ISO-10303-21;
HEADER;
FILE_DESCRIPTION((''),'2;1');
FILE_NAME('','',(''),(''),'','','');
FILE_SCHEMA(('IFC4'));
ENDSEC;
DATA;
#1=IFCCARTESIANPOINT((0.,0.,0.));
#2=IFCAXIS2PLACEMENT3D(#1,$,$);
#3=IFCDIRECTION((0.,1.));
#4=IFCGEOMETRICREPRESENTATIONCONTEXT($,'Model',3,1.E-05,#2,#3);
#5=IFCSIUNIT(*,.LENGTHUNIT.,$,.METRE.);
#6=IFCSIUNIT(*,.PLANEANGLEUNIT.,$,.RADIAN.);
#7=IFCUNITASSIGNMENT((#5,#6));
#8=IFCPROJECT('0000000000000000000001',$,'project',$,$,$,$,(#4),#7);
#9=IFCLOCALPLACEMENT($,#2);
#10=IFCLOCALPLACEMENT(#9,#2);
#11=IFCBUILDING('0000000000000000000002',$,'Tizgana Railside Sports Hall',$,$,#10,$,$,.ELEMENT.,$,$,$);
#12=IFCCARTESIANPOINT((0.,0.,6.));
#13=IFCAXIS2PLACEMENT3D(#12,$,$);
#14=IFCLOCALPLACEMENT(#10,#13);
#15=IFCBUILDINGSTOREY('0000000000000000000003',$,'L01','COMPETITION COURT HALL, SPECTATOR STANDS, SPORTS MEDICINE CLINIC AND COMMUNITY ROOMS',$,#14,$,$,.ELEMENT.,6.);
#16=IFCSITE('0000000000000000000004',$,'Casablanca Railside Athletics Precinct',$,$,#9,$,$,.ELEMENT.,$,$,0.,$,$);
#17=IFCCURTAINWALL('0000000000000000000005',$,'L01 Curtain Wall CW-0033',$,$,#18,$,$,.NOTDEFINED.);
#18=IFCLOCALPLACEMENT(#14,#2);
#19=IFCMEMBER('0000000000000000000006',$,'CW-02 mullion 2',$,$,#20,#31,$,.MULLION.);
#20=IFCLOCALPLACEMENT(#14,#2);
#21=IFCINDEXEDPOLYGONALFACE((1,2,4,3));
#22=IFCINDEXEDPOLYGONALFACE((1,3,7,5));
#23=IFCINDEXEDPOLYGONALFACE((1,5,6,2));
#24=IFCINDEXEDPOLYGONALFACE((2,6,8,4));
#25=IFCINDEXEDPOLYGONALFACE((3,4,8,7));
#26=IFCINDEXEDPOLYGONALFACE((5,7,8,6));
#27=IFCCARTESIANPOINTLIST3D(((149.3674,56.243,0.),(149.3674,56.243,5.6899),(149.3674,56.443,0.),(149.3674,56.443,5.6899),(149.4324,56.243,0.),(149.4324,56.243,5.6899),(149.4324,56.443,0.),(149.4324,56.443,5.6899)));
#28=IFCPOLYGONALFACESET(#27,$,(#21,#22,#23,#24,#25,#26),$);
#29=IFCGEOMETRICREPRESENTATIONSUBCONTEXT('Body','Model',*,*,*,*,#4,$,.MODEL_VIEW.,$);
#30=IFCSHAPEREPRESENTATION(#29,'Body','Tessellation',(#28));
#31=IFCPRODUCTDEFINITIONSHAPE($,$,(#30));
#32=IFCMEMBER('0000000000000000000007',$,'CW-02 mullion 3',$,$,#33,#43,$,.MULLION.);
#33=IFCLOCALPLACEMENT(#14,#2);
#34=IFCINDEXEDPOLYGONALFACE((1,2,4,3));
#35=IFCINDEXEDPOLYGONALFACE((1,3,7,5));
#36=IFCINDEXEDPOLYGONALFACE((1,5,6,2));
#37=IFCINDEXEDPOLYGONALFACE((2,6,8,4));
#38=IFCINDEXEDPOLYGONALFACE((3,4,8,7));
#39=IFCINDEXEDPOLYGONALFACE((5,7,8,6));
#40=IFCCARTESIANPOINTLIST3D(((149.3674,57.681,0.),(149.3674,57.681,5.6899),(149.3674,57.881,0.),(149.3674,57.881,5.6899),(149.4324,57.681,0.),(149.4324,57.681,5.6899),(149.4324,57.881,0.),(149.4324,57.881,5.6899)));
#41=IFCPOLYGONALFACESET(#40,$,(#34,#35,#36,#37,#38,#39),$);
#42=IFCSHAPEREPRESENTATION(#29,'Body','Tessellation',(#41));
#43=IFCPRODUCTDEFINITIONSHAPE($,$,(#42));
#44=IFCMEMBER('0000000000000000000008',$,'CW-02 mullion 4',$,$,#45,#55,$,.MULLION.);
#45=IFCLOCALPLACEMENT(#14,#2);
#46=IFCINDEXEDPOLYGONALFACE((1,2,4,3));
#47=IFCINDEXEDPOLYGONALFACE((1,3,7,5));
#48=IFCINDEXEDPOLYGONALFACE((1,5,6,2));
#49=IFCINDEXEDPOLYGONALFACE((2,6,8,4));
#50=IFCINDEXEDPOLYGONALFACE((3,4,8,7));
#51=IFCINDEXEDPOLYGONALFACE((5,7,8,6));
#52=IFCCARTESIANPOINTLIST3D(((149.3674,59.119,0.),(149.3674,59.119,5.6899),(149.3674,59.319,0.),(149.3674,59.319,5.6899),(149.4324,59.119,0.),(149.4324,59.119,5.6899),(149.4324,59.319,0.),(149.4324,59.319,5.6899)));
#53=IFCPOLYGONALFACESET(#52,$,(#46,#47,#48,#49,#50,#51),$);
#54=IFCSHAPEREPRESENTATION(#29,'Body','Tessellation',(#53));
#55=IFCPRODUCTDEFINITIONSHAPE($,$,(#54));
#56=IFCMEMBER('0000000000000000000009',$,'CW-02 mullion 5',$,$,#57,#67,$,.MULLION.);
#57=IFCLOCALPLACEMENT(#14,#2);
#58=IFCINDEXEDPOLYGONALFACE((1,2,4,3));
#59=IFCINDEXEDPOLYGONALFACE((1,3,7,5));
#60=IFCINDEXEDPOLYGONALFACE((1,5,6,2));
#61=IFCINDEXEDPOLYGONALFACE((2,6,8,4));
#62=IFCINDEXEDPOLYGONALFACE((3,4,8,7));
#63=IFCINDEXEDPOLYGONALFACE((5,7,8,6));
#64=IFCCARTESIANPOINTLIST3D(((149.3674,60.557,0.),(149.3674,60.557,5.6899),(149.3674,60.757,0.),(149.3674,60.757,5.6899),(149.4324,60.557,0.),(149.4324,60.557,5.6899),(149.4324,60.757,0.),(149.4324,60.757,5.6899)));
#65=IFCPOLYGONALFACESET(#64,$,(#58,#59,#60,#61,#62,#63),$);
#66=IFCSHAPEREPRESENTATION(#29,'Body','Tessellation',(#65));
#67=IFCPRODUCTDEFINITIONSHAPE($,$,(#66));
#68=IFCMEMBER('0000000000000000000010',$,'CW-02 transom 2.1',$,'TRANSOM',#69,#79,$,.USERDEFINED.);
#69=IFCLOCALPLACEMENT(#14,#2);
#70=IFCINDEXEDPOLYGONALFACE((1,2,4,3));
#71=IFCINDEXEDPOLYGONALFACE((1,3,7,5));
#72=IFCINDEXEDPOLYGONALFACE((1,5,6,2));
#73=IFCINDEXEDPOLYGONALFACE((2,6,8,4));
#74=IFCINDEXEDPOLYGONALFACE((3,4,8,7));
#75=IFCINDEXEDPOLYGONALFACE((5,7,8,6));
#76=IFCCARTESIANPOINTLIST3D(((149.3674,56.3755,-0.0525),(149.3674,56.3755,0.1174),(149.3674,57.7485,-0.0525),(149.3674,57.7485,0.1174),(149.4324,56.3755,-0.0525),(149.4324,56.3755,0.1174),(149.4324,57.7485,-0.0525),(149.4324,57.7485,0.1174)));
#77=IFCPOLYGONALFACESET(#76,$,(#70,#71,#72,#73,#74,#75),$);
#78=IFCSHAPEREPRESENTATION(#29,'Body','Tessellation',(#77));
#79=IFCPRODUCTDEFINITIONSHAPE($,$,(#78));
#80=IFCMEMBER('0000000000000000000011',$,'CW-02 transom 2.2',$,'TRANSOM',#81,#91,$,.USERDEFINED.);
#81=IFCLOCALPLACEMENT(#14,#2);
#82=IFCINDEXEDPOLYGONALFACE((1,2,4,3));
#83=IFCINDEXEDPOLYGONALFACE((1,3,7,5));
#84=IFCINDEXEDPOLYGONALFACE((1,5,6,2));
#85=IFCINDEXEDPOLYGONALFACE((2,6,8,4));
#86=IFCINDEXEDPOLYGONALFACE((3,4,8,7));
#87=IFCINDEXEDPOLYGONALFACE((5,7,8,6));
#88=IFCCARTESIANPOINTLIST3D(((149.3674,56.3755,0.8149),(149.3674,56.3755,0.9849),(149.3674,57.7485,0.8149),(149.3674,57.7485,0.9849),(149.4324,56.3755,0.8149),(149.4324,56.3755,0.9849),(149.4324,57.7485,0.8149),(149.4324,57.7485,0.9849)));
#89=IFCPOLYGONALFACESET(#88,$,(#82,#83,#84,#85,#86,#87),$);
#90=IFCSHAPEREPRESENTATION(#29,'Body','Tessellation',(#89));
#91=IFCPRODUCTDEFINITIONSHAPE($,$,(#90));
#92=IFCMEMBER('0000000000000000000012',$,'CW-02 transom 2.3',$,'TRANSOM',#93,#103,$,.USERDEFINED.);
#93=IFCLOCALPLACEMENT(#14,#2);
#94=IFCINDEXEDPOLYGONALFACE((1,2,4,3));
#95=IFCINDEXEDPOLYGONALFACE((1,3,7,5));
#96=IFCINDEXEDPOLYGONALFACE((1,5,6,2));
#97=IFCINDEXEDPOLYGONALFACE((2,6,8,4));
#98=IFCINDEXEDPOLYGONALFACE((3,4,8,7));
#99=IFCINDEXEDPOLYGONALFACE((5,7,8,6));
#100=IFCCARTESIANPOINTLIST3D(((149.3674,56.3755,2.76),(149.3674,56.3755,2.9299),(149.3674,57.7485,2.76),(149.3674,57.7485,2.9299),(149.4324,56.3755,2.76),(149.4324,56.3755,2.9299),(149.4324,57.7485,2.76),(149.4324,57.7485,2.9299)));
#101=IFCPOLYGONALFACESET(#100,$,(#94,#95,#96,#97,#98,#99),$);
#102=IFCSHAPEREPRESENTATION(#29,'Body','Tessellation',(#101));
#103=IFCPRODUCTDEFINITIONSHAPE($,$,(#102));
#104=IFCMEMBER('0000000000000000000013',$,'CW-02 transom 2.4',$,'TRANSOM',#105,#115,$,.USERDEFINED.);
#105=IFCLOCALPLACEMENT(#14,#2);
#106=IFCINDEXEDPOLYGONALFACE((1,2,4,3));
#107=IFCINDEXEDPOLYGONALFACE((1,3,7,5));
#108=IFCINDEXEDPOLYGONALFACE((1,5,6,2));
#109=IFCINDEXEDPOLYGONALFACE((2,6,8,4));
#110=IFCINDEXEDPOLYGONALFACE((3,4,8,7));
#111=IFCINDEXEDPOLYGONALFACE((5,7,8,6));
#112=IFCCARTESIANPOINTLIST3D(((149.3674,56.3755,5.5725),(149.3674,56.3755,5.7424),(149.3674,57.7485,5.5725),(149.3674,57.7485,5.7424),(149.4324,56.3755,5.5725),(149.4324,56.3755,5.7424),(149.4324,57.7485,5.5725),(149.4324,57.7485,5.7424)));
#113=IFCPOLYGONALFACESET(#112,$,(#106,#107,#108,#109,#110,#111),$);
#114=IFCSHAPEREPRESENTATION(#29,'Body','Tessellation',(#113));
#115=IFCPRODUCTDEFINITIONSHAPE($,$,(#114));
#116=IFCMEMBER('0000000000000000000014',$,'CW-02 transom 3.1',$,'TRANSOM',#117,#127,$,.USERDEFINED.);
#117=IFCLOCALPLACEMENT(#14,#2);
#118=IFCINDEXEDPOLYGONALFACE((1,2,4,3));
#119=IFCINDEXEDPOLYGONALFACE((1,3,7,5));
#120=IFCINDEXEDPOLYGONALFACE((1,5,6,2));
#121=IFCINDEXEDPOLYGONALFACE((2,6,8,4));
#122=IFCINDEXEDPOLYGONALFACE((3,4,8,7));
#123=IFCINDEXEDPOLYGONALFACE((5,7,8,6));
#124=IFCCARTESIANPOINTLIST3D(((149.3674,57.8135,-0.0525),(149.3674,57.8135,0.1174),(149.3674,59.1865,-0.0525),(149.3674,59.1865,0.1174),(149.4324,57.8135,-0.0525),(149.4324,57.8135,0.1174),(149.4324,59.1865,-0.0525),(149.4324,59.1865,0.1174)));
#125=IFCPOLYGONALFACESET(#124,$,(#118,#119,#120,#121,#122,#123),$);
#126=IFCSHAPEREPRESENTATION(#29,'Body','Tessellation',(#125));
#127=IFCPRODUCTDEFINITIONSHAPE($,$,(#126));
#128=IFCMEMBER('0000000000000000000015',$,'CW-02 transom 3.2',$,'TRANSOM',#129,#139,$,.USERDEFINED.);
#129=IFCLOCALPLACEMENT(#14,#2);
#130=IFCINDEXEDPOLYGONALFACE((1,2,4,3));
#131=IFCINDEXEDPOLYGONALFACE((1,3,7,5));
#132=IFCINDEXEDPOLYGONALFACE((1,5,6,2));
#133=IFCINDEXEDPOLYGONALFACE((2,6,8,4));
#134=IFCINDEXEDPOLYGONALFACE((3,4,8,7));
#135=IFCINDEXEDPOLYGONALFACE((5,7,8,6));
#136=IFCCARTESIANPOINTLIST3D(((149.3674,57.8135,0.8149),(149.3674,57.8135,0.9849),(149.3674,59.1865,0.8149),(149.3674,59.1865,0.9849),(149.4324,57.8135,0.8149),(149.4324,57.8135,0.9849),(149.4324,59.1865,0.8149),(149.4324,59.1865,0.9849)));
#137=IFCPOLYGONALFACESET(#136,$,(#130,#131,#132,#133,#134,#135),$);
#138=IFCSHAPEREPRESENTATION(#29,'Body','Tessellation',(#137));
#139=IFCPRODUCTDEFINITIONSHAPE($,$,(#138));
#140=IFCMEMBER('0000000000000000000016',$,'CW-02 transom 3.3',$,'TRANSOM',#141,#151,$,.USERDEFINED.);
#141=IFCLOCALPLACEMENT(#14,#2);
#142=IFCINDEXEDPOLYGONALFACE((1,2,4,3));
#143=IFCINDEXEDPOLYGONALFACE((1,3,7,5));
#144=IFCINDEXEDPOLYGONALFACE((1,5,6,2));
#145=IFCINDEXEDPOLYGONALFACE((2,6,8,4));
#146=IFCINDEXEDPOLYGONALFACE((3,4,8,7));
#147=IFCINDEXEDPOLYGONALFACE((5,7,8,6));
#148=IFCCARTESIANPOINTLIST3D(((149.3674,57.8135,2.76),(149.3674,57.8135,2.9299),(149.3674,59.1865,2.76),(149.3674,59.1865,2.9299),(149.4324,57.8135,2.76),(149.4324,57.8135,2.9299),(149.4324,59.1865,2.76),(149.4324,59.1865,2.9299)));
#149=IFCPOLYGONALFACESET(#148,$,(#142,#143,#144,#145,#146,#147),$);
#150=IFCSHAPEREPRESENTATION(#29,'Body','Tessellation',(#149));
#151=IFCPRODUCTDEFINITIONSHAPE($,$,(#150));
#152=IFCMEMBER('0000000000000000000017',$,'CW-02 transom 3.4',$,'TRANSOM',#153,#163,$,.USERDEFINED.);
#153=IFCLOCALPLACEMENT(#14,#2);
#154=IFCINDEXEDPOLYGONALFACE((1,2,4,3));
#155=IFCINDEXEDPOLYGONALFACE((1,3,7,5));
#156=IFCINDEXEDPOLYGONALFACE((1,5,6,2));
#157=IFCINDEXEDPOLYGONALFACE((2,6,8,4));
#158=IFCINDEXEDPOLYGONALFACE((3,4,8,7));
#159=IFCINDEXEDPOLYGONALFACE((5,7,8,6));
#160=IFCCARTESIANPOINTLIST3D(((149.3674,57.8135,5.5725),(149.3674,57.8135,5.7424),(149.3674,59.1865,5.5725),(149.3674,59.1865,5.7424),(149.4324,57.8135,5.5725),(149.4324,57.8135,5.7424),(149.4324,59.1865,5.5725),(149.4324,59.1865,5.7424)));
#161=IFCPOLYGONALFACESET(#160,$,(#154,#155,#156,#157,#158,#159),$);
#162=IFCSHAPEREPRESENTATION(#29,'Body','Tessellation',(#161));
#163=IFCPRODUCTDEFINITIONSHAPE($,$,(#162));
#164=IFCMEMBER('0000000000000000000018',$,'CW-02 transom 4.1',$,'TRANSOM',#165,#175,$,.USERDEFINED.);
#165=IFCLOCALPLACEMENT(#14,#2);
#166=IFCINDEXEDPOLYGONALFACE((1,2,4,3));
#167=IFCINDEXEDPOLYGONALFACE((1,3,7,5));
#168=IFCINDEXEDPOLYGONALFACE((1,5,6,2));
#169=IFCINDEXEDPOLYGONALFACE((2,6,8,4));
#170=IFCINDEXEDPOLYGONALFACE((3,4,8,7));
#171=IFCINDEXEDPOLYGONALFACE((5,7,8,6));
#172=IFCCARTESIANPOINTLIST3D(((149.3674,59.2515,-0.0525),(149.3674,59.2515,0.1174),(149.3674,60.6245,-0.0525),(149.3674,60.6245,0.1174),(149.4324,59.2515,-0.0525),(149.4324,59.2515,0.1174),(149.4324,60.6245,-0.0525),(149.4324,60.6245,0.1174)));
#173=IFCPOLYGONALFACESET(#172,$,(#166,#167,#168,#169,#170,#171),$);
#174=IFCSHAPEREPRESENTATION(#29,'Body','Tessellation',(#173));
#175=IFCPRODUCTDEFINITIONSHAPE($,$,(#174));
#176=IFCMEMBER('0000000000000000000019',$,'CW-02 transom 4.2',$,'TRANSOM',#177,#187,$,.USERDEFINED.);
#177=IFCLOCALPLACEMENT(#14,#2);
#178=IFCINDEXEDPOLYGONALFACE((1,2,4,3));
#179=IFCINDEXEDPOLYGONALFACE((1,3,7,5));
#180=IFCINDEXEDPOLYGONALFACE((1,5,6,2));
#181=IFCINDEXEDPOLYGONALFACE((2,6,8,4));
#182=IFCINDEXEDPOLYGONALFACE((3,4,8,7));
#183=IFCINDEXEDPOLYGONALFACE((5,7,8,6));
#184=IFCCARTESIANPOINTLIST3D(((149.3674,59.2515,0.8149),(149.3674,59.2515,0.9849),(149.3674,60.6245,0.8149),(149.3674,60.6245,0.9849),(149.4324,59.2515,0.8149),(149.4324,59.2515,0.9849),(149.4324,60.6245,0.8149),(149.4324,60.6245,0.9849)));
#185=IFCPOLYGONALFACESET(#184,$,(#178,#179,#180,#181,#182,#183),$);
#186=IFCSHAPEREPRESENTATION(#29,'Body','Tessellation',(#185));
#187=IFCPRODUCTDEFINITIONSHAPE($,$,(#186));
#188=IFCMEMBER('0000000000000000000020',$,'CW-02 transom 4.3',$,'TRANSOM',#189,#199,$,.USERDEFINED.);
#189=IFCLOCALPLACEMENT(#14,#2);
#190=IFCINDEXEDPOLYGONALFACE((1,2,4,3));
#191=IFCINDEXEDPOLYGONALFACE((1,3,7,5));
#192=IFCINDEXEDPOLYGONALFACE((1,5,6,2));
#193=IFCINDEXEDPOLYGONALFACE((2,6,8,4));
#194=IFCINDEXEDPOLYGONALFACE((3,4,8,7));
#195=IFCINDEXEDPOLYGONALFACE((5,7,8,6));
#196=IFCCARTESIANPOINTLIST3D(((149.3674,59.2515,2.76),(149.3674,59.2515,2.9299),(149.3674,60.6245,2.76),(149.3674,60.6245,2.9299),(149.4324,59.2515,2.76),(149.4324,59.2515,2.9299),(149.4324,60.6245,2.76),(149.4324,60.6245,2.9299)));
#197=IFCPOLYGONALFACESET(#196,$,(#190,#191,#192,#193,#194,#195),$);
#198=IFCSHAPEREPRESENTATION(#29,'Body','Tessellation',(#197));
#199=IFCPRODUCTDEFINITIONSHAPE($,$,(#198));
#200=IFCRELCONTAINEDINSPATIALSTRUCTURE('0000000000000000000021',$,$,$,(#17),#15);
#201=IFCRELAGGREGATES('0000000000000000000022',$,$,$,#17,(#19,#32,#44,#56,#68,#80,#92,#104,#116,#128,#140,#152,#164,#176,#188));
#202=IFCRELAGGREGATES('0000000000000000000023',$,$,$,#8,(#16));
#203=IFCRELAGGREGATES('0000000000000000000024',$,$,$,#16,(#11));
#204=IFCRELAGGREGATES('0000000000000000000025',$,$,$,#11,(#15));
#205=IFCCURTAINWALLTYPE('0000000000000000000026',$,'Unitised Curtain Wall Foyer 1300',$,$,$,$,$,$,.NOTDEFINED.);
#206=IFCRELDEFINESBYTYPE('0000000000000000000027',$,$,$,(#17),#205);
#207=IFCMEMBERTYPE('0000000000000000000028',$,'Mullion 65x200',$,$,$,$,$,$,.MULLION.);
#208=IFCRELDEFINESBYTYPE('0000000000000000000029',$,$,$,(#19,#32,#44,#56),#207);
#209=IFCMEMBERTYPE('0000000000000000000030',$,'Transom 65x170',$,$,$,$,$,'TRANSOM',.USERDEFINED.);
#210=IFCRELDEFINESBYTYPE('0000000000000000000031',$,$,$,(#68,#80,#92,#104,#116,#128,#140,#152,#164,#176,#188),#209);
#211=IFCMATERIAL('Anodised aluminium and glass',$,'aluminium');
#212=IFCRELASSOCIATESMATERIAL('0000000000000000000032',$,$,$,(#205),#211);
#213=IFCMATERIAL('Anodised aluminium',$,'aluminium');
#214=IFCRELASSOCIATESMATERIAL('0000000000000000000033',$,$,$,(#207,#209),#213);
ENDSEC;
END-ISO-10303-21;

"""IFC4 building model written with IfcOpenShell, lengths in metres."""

from ifc_helpers import new_model, si_unit, direction, frame, origin, origin_2d, place, context, subcontext, project, spatial, rectangle, extrude, material, material_profile, profile_set, type_object, element, aggregate, save


model = new_model("IFC4")

# Units and contexts
model_context = context("Model", 3, precision=1e-05, world=origin(), true_north=direction((0.0, 1.0)))
body_context = subcontext(model_context, "Body", "Model", "MODEL_VIEW")
ifc_project = project(units=[si_unit("LENGTHUNIT", "METRE"), si_unit("PLANEANGLEUNIT", "RADIAN")], contexts=[model_context])

# Site, building, storey
site_placement = place(None, origin())
site = spatial("IfcSite", under=ifc_project, at=site_placement, Name="Casablanca Railside Athletics Precinct", CompositionType="ELEMENT", RefElevation=0.0)
building_placement = place(site_placement, origin())
building = spatial("IfcBuilding", under=site, at=building_placement, Name="Tizgana Railside Sports Hall", CompositionType="ELEMENT")
storey_placement = place(building_placement, frame((0.0, 0.0, 6.0)))
storey = spatial("IfcBuildingStorey", under=building, at=storey_placement, Name="L01", Description="COMPETITION COURT HALL, SPECTATOR STANDS, SPORTS MEDICINE CLINIC AND COMMUNITY ROOMS", CompositionType="ELEMENT", Elevation=6.0)

# Curtain wall, members
ifc_material_1 = material(Name="Anodised aluminium and glass", Category="aluminium")
curtain_wall_type = type_object("IfcCurtainWallType", Name="Unitised Curtain Wall Foyer 1300", PredefinedType="NOTDEFINED", material=ifc_material_1)
curtain_wall_placement = place(storey_placement, origin())
curtain_wall = element("IfcCurtainWall", 1, at=curtain_wall_placement, inside=storey, type_object=curtain_wall_type, Name="L01 Curtain Wall CW-0033", PredefinedType="NOTDEFINED")
ifc_material_2 = material(Name="Anodised aluminium", Category="aluminium")
ifc_material_profile_1 = material_profile(ifc_material_2, rectangle(XDim=0.0649, YDim=0.2, at=origin_2d()), Name="Mullion 65x200")
ifc_profile_set_1 = profile_set([ifc_material_profile_1], Name="Anodised aluminium")
member_type_1 = type_object("IfcMemberType", Name="Mullion 65x200", PredefinedType="MULLION", material=ifc_profile_set_1)
member_1_placement = place(storey_placement, frame((149.3999, 56.343, 0.0), z_axis=(0.0, 0.0, 1.0), x_axis=(-1.0, 0.0, 0.0)))
member_1 = element("IfcMember", 2, at=member_1_placement, type_object=member_type_1, Name="CW-02 mullion 2", PredefinedType="MULLION", context=body_context, shape_type="SweptSolid", body=[
    extrude(rectangle(XDim=0.0649, YDim=0.2, at=origin_2d()), origin(), (0.0, 0.0, 1.0), 5.6899),
])
member_2_placement = place(storey_placement, frame((149.3999, 57.781, 0.0), z_axis=(0.0, 0.0, 1.0), x_axis=(-1.0, 0.0, 0.0)))
member_2 = element("IfcMember", 3, at=member_2_placement, type_object=member_type_1, Name="CW-02 mullion 3", PredefinedType="MULLION", context=body_context, shape_type="SweptSolid", body=[
    extrude(rectangle(XDim=0.0649, YDim=0.2, at=origin_2d()), origin(), (0.0, 0.0, 1.0), 5.6899),
])
member_3_placement = place(storey_placement, frame((149.3999, 59.219, 0.0), z_axis=(0.0, 0.0, 1.0), x_axis=(-1.0, 0.0, 0.0)))
member_3 = element("IfcMember", 4, at=member_3_placement, type_object=member_type_1, Name="CW-02 mullion 4", PredefinedType="MULLION", context=body_context, shape_type="SweptSolid", body=[
    extrude(rectangle(XDim=0.0649, YDim=0.2, at=origin_2d()), origin(), (0.0, 0.0, 1.0), 5.6899),
])
member_4_placement = place(storey_placement, frame((149.3999, 60.657, 0.0), z_axis=(0.0, 0.0, 1.0), x_axis=(-1.0, 0.0, 0.0)))
member_4 = element("IfcMember", 5, at=member_4_placement, type_object=member_type_1, Name="CW-02 mullion 5", PredefinedType="MULLION", context=body_context, shape_type="SweptSolid", body=[
    extrude(rectangle(XDim=0.0649, YDim=0.2, at=origin_2d()), origin(), (0.0, 0.0, 1.0), 5.6899),
])
ifc_material_profile_2 = material_profile(ifc_material_2, rectangle(XDim=0.0649, YDim=0.1699, at=origin_2d()), Name="Transom 65x170")
ifc_profile_set_2 = profile_set([ifc_material_profile_2], Name="Anodised aluminium")
member_type_2 = type_object("IfcMemberType", Name="Transom 65x170", ElementType="TRANSOM", PredefinedType="USERDEFINED", material=ifc_profile_set_2)
member_5_placement = place(storey_placement, frame((149.3999, 56.3755, 0.0325), z_axis=(0.0, 1.0, 0.0), x_axis=(-1.0, 0.0, 0.0)))
member_5 = element("IfcMember", 6, at=member_5_placement, type_object=member_type_2, Name="CW-02 transom 2.1", ObjectType="TRANSOM", PredefinedType="USERDEFINED", context=body_context, shape_type="SweptSolid", body=[
    extrude(rectangle(XDim=0.0649, YDim=0.1699, at=origin_2d()), origin(), (0.0, 0.0, 1.0), 1.373),
])
member_6_placement = place(storey_placement, frame((149.3999, 56.3755, 0.8999), z_axis=(0.0, 1.0, 0.0), x_axis=(-1.0, 0.0, 0.0)))
member_6 = element("IfcMember", 7, at=member_6_placement, type_object=member_type_2, Name="CW-02 transom 2.2", ObjectType="TRANSOM", PredefinedType="USERDEFINED", context=body_context, shape_type="SweptSolid", body=[
    extrude(rectangle(XDim=0.0649, YDim=0.1699, at=origin_2d()), origin(), (0.0, 0.0, 1.0), 1.373),
])
member_7_placement = place(storey_placement, frame((149.3999, 56.3755, 2.845), z_axis=(0.0, 1.0, 0.0), x_axis=(-1.0, 0.0, 0.0)))
member_7 = element("IfcMember", 8, at=member_7_placement, type_object=member_type_2, Name="CW-02 transom 2.3", ObjectType="TRANSOM", PredefinedType="USERDEFINED", context=body_context, shape_type="SweptSolid", body=[
    extrude(rectangle(XDim=0.0649, YDim=0.1699, at=origin_2d()), origin(), (0.0, 0.0, 1.0), 1.373),
])
member_8_placement = place(storey_placement, frame((149.3999, 56.3755, 5.6575), z_axis=(0.0, 1.0, 0.0), x_axis=(-1.0, 0.0, 0.0)))
member_8 = element("IfcMember", 9, at=member_8_placement, type_object=member_type_2, Name="CW-02 transom 2.4", ObjectType="TRANSOM", PredefinedType="USERDEFINED", context=body_context, shape_type="SweptSolid", body=[
    extrude(rectangle(XDim=0.0649, YDim=0.1699, at=origin_2d()), origin(), (0.0, 0.0, 1.0), 1.373),
])
member_9_placement = place(storey_placement, frame((149.3999, 57.8135, 0.0325), z_axis=(0.0, 1.0, 0.0), x_axis=(-1.0, 0.0, 0.0)))
member_9 = element("IfcMember", 10, at=member_9_placement, type_object=member_type_2, Name="CW-02 transom 3.1", ObjectType="TRANSOM", PredefinedType="USERDEFINED", context=body_context, shape_type="SweptSolid", body=[
    extrude(rectangle(XDim=0.0649, YDim=0.1699, at=origin_2d()), origin(), (0.0, 0.0, 1.0), 1.373),
])
member_10_placement = place(storey_placement, frame((149.3999, 57.8135, 0.8999), z_axis=(0.0, 1.0, 0.0), x_axis=(-1.0, 0.0, 0.0)))
member_10 = element("IfcMember", 11, at=member_10_placement, type_object=member_type_2, Name="CW-02 transom 3.2", ObjectType="TRANSOM", PredefinedType="USERDEFINED", context=body_context, shape_type="SweptSolid", body=[
    extrude(rectangle(XDim=0.0649, YDim=0.1699, at=origin_2d()), origin(), (0.0, 0.0, 1.0), 1.373),
])
member_11_placement = place(storey_placement, frame((149.3999, 57.8135, 2.845), z_axis=(0.0, 1.0, 0.0), x_axis=(-1.0, 0.0, 0.0)))
member_11 = element("IfcMember", 12, at=member_11_placement, type_object=member_type_2, Name="CW-02 transom 3.3", ObjectType="TRANSOM", PredefinedType="USERDEFINED", context=body_context, shape_type="SweptSolid", body=[
    extrude(rectangle(XDim=0.0649, YDim=0.1699, at=origin_2d()), origin(), (0.0, 0.0, 1.0), 1.373),
])
member_12_placement = place(storey_placement, frame((149.3999, 57.8135, 5.6575), z_axis=(0.0, 1.0, 0.0), x_axis=(-1.0, 0.0, 0.0)))
member_12 = element("IfcMember", 13, at=member_12_placement, type_object=member_type_2, Name="CW-02 transom 3.4", ObjectType="TRANSOM", PredefinedType="USERDEFINED", context=body_context, shape_type="SweptSolid", body=[
    extrude(rectangle(XDim=0.0649, YDim=0.1699, at=origin_2d()), origin(), (0.0, 0.0, 1.0), 1.373),
])
member_13_placement = place(storey_placement, frame((149.3999, 59.2515, 0.0325), z_axis=(0.0, 1.0, 0.0), x_axis=(-1.0, 0.0, 0.0)))
member_13 = element("IfcMember", 14, at=member_13_placement, type_object=member_type_2, Name="CW-02 transom 4.1", ObjectType="TRANSOM", PredefinedType="USERDEFINED", context=body_context, shape_type="SweptSolid", body=[
    extrude(rectangle(XDim=0.0649, YDim=0.1699, at=origin_2d()), origin(), (0.0, 0.0, 1.0), 1.373),
])
member_14_placement = place(storey_placement, frame((149.3999, 59.2515, 0.8999), z_axis=(0.0, 1.0, 0.0), x_axis=(-1.0, 0.0, 0.0)))
member_14 = element("IfcMember", 15, at=member_14_placement, type_object=member_type_2, Name="CW-02 transom 4.2", ObjectType="TRANSOM", PredefinedType="USERDEFINED", context=body_context, shape_type="SweptSolid", body=[
    extrude(rectangle(XDim=0.0649, YDim=0.1699, at=origin_2d()), origin(), (0.0, 0.0, 1.0), 1.373),
])
member_15_placement = place(storey_placement, frame((149.3999, 59.2515, 2.845), z_axis=(0.0, 1.0, 0.0), x_axis=(-1.0, 0.0, 0.0)))
member_15 = element("IfcMember", 16, at=member_15_placement, type_object=member_type_2, Name="CW-02 transom 4.3", ObjectType="TRANSOM", PredefinedType="USERDEFINED", context=body_context, shape_type="SweptSolid", body=[
    extrude(rectangle(XDim=0.0649, YDim=0.1699, at=origin_2d()), origin(), (0.0, 0.0, 1.0), 1.373),
])
aggregate(curtain_wall, [member_1, member_2, member_3, member_4, member_5, member_6, member_7, member_8, member_9, member_10, member_11, member_12, member_13, member_14, member_15])

save(model, "model.ifc")
